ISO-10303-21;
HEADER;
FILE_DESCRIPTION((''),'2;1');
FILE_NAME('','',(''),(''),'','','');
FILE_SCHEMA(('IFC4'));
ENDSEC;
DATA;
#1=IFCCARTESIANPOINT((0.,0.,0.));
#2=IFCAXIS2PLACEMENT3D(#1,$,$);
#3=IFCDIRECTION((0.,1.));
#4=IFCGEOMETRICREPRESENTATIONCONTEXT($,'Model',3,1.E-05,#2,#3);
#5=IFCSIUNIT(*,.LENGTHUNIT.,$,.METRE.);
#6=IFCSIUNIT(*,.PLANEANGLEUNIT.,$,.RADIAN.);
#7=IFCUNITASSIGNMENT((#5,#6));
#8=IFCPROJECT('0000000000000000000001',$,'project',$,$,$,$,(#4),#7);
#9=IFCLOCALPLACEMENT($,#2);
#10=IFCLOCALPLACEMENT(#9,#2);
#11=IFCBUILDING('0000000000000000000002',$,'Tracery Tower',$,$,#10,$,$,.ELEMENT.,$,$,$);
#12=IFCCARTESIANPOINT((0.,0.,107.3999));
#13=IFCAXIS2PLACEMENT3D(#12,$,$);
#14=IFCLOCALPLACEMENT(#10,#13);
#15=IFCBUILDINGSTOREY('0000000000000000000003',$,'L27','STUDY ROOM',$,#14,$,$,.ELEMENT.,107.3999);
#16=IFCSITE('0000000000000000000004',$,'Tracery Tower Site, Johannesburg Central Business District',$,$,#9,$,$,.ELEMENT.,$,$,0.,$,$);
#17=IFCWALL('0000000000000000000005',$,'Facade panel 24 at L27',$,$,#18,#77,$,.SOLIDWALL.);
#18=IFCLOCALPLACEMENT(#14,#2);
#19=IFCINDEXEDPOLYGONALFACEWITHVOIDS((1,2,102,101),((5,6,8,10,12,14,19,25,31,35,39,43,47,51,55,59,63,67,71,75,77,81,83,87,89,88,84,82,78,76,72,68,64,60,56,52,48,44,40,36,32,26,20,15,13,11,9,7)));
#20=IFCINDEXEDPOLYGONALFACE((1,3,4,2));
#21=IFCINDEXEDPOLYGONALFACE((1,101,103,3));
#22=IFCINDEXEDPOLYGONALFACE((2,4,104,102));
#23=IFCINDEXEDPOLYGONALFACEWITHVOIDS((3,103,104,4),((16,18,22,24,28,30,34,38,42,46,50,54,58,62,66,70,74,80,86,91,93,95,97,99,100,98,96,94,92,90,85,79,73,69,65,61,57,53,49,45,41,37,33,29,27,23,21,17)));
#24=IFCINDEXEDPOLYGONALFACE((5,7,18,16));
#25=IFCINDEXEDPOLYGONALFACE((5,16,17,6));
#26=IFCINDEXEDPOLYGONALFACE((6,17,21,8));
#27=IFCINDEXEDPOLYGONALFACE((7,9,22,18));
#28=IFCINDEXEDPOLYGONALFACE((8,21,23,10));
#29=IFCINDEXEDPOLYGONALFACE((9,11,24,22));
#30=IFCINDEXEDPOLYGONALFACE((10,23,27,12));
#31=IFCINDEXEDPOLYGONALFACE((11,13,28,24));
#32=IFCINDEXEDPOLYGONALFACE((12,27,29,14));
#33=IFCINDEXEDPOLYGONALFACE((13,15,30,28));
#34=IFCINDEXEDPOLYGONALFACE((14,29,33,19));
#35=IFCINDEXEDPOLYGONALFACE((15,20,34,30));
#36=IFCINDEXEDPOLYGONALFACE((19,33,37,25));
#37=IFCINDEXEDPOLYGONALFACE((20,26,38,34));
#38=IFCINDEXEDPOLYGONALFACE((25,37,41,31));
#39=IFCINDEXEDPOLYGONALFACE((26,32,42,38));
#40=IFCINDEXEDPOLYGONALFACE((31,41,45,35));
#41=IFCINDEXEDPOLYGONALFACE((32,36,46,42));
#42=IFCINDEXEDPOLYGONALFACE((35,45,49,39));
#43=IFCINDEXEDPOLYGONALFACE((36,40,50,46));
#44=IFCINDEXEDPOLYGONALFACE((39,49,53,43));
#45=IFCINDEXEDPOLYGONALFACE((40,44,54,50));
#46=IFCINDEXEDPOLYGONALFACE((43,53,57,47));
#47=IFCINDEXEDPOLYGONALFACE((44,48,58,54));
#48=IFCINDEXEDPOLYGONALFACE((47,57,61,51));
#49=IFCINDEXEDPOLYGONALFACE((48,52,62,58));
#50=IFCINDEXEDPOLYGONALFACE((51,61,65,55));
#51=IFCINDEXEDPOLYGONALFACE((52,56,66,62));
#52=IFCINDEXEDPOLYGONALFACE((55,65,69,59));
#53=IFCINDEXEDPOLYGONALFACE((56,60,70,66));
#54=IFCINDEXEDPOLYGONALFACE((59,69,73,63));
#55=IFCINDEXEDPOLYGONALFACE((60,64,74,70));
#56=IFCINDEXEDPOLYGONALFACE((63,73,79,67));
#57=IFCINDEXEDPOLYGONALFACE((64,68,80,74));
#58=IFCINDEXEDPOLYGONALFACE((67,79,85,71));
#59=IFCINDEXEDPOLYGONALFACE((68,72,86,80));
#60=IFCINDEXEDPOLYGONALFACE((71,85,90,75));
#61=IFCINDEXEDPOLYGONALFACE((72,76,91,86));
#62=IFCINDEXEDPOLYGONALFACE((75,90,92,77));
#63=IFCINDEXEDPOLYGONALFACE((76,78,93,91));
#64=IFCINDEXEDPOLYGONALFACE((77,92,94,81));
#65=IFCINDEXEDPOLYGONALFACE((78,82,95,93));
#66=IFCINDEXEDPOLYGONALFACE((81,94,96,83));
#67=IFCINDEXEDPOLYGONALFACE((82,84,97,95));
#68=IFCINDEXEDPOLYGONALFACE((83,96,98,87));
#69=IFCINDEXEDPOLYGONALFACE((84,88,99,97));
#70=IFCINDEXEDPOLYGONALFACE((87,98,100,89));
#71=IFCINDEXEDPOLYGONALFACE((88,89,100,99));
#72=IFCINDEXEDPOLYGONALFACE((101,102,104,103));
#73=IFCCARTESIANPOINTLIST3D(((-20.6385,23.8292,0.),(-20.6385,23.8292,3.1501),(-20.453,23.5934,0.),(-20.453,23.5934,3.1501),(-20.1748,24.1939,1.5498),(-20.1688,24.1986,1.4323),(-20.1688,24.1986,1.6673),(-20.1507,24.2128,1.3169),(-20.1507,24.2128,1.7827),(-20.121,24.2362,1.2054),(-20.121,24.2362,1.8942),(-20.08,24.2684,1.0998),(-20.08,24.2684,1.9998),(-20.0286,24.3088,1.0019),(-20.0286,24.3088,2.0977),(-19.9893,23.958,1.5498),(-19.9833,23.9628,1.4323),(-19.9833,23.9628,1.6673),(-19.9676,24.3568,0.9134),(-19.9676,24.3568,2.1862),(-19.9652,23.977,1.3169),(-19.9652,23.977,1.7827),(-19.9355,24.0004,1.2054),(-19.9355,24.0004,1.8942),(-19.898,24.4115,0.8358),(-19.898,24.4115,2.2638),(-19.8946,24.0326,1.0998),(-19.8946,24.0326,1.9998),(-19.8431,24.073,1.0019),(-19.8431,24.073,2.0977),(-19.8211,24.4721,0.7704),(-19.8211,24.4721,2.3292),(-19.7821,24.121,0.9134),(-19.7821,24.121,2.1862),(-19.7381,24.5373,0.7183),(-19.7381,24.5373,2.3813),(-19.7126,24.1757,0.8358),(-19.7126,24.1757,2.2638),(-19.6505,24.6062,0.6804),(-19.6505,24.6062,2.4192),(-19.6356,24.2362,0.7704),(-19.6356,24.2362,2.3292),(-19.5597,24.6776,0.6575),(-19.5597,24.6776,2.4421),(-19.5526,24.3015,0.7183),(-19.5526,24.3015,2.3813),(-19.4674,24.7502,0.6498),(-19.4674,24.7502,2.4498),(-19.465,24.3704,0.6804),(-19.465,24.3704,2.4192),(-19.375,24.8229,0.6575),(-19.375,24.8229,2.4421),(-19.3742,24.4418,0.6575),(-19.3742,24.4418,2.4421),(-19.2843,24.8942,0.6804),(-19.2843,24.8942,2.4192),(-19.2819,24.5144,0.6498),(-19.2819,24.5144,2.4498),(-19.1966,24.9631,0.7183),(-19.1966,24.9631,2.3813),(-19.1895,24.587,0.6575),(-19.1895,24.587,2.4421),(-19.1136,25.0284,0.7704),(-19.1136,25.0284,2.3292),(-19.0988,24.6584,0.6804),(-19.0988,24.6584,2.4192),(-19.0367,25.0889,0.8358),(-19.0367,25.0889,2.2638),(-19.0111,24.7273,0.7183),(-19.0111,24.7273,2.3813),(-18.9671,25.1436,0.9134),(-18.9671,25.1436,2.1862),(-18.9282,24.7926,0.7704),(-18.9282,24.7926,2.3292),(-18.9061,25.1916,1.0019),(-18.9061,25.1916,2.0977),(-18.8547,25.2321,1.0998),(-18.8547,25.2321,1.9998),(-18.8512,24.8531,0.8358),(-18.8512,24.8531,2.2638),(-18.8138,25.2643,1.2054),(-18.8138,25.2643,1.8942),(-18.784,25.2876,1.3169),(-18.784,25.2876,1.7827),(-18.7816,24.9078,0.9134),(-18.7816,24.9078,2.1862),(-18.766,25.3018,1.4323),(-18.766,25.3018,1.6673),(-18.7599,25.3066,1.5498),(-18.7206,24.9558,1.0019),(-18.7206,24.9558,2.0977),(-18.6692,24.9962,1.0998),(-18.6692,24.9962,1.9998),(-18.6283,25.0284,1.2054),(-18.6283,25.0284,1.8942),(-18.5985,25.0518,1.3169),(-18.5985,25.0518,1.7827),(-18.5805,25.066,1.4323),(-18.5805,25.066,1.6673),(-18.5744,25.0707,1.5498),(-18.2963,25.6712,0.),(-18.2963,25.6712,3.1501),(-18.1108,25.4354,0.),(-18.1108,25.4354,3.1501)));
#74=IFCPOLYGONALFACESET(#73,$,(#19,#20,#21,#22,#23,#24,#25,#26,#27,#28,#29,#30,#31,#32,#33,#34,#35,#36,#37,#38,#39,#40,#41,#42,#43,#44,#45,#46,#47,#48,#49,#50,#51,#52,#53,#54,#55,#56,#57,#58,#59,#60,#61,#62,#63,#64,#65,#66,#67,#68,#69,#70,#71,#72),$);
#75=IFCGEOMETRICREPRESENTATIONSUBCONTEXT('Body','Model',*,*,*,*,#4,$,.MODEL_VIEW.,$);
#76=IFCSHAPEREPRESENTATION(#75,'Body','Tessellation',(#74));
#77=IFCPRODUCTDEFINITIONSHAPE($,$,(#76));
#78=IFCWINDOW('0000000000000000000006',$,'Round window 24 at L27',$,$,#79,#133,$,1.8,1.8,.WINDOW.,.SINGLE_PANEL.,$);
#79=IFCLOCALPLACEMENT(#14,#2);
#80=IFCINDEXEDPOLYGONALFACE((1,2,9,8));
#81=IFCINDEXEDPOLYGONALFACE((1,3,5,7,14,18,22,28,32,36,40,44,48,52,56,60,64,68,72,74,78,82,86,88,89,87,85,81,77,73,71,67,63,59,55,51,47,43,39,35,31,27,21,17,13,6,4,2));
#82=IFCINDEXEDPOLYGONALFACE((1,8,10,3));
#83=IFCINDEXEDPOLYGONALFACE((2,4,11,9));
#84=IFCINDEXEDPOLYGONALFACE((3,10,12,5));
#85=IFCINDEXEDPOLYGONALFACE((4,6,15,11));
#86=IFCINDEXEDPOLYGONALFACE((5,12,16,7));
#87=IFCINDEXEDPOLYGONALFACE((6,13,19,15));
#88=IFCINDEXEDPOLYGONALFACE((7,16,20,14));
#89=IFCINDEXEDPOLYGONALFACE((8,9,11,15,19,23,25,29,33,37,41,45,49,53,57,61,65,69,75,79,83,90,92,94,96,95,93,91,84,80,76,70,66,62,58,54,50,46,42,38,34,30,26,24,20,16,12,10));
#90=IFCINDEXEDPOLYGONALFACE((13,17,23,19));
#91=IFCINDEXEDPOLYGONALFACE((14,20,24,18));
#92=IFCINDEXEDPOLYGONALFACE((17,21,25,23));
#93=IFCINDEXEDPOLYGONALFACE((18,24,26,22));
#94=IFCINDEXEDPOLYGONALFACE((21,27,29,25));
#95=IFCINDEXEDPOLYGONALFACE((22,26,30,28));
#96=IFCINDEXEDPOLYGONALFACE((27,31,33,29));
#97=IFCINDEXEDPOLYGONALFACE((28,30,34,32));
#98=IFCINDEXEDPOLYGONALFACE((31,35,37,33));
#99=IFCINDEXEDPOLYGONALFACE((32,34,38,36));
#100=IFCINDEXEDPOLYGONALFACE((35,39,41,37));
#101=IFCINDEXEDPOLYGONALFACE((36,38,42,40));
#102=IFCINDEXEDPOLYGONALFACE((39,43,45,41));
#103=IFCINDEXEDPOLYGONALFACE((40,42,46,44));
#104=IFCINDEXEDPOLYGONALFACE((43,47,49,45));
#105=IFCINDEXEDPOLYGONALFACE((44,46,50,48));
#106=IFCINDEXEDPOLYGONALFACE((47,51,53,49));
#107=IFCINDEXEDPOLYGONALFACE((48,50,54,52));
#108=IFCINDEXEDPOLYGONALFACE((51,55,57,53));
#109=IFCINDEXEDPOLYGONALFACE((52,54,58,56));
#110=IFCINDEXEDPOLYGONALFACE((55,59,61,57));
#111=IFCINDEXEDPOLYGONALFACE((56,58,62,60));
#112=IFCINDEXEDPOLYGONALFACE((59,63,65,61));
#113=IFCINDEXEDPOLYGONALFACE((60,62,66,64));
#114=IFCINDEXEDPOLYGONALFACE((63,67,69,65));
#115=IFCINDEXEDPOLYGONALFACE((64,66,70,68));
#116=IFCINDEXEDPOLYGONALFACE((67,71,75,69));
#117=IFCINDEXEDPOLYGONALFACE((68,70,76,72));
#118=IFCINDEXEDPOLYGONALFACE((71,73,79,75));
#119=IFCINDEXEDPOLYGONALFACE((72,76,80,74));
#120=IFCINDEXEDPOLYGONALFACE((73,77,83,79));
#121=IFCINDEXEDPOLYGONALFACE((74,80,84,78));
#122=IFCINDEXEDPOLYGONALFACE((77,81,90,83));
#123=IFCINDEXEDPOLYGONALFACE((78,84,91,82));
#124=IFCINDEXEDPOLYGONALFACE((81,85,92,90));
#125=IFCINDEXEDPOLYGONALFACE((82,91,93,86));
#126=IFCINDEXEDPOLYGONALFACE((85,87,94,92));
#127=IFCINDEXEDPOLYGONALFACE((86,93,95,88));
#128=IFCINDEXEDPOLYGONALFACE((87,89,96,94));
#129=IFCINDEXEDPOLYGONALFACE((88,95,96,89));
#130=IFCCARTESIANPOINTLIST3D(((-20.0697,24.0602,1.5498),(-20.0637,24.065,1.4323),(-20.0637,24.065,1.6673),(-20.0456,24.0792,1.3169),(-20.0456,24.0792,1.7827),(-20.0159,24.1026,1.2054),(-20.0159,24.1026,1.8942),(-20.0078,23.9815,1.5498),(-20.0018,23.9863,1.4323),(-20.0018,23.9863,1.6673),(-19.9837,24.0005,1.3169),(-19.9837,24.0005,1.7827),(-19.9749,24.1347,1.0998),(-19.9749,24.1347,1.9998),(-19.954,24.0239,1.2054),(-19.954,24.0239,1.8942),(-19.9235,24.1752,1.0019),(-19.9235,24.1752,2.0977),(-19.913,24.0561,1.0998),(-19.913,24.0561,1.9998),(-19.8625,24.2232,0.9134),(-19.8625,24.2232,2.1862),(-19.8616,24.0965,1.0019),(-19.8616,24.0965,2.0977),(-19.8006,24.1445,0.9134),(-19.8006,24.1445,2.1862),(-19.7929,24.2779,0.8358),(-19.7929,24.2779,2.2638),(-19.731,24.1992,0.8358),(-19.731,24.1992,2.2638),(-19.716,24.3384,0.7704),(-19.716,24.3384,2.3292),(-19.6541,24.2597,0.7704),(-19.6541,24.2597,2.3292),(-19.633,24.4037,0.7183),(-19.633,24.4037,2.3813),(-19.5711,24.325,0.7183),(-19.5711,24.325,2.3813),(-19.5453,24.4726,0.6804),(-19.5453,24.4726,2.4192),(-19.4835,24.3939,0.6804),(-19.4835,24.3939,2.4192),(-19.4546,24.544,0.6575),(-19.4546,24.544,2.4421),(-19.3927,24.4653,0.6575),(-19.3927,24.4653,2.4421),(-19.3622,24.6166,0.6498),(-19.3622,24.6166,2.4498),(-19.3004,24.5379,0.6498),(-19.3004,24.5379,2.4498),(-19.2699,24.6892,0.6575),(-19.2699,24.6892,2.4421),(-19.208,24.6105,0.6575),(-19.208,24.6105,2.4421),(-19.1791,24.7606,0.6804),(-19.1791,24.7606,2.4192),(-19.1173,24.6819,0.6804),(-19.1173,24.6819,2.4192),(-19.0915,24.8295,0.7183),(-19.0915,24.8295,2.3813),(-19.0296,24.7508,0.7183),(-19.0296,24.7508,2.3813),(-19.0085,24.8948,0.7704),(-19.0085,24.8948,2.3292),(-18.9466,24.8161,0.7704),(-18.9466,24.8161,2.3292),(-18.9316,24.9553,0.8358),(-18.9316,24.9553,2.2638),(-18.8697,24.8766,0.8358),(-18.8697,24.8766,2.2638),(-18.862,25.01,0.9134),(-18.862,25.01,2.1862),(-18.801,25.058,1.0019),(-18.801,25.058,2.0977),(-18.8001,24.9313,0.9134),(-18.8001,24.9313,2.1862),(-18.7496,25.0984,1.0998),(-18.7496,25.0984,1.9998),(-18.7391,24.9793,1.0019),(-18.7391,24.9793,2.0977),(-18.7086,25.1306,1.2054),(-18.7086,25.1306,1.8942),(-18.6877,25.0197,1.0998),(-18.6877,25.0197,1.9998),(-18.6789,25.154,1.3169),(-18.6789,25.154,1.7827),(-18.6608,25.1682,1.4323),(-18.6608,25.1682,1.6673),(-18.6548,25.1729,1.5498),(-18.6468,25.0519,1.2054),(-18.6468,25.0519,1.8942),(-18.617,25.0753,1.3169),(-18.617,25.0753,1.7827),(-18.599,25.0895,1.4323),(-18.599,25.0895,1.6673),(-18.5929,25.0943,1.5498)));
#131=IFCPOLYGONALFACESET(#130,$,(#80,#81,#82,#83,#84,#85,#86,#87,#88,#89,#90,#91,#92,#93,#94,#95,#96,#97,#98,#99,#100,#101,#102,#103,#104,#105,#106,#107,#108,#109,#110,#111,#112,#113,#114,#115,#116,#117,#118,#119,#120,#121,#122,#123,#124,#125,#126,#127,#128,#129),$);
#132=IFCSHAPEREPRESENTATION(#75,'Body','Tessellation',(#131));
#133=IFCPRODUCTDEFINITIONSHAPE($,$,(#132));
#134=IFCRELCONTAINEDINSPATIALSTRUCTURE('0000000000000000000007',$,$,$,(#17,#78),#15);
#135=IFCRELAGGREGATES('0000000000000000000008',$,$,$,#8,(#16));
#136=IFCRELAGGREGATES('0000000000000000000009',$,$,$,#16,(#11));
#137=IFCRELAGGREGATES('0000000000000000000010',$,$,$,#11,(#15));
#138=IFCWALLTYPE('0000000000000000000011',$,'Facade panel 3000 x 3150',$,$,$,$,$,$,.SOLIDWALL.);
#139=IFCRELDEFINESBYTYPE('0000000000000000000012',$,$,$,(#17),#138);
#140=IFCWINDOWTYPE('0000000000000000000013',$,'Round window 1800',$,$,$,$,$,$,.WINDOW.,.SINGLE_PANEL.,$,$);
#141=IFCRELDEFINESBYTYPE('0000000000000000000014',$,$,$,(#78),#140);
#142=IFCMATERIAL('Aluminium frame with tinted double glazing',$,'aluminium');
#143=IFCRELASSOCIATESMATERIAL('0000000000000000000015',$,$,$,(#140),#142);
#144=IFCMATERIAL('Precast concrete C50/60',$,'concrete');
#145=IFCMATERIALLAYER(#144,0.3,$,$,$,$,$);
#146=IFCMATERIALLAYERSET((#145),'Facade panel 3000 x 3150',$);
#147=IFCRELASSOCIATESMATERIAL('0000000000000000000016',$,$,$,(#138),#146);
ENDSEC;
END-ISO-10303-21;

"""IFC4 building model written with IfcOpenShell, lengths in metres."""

from ifc_helpers import new_model, si_unit, direction, frame, frame_2d, origin, origin_2d, place, context, subcontext, project, spatial, rectangle, circle, extrude, material, layer, layer_set, type_object, element, fill, save


model = new_model("IFC4")

# Units and contexts
model_context = context("Model", 3, precision=1e-05, world=origin(), true_north=direction((0.0, 1.0)))
body_context = subcontext(model_context, "Body", "Model", "MODEL_VIEW")
ifc_project = project(units=[si_unit("LENGTHUNIT", "METRE"), si_unit("PLANEANGLEUNIT", "RADIAN")], contexts=[model_context])

# Site, building, storey
site_placement = place(None, origin())
site = spatial("IfcSite", under=ifc_project, at=site_placement, Name="Tracery Tower Site, Johannesburg Central Business District", CompositionType="ELEMENT", RefElevation=0.0)
building_placement = place(site_placement, origin())
building = spatial("IfcBuilding", under=site, at=building_placement, Name="Tracery Tower", CompositionType="ELEMENT")
storey_placement = place(building_placement, frame((0.0, 0.0, 107.3999)))
storey = spatial("IfcBuildingStorey", under=building, at=storey_placement, Name="L27", Description="STUDY ROOM", CompositionType="ELEMENT", Elevation=107.3999)

# Wall, opening, window
ifc_material_1 = material(Name="Aluminium frame with tinted double glazing", Category="aluminium")
window_type = type_object("IfcWindowType", Name="Round window 1800", PartitioningType="SINGLE_PANEL", PredefinedType="WINDOW", material=ifc_material_1)
ifc_material_2 = material(Name="Precast concrete C50/60", Category="concrete")
ifc_layer_1 = layer(ifc_material_2, 0.3)
ifc_layer_set_1 = layer_set([ifc_layer_1], Name="Facade panel 3000 x 3150")
wall_type_1 = type_object("IfcWallType", Name="Facade panel 3000 x 3150", PredefinedType="SOLIDWALL", material=ifc_layer_set_1)
wall_1_placement = place(storey_placement, frame((-18.2036, 25.5532, 0.0), z_axis=(0.0, 0.0, 1.0), x_axis=(-0.786045, -0.618169, 0.0)))
wall_1 = element("IfcWall", 1, at=wall_1_placement, inside=storey, type_object=wall_type_1, Name="Facade panel 24 at L27", PredefinedType="SOLIDWALL", context=body_context, shape_type="SweptSolid", body=[
    extrude(rectangle(XDim=2.9797, YDim=0.3, at=frame_2d((1.4897, 0.0))), origin(), (0.0, 0.0, 1.0), 3.1501),
])
opening_1_placement = place(wall_1_placement, frame((1.4897, 0.0, 1.5498)))
opening_1 = element("IfcOpeningElement", 2, at=opening_1_placement, cuts=wall_1, PredefinedType="OPENING", context=body_context, shape_type="SweptSolid", body=[
    extrude(circle(Radius=0.9, at=origin_2d()), frame((0.0, 0.1599, 0.0), z_axis=(0.0, -1.0, 0.0), x_axis=(1.0, 0.0, 0.0)), (0.0, 0.0, 1.0), 0.3201),
])
window_1_placement = place(opening_1_placement, origin())
window_1 = element("IfcWindow", 3, at=window_1_placement, inside=storey, type_object=window_type, Name="Round window 24 at L27", OverallHeight=1.8, OverallWidth=1.8, PartitioningType="SINGLE_PANEL", PredefinedType="WINDOW", context=body_context, shape_type="SweptSolid", body=[
    extrude(circle(Radius=0.9, at=origin_2d()), frame((0.0, 0.1201, 0.0), z_axis=(0.0, -1.0, 0.0), x_axis=(1.0, 0.0, 0.0)), (0.0, 0.0, 1.0), 0.1001),
])
fill(opening_1, window_1)

save(model, "model.ifc")
